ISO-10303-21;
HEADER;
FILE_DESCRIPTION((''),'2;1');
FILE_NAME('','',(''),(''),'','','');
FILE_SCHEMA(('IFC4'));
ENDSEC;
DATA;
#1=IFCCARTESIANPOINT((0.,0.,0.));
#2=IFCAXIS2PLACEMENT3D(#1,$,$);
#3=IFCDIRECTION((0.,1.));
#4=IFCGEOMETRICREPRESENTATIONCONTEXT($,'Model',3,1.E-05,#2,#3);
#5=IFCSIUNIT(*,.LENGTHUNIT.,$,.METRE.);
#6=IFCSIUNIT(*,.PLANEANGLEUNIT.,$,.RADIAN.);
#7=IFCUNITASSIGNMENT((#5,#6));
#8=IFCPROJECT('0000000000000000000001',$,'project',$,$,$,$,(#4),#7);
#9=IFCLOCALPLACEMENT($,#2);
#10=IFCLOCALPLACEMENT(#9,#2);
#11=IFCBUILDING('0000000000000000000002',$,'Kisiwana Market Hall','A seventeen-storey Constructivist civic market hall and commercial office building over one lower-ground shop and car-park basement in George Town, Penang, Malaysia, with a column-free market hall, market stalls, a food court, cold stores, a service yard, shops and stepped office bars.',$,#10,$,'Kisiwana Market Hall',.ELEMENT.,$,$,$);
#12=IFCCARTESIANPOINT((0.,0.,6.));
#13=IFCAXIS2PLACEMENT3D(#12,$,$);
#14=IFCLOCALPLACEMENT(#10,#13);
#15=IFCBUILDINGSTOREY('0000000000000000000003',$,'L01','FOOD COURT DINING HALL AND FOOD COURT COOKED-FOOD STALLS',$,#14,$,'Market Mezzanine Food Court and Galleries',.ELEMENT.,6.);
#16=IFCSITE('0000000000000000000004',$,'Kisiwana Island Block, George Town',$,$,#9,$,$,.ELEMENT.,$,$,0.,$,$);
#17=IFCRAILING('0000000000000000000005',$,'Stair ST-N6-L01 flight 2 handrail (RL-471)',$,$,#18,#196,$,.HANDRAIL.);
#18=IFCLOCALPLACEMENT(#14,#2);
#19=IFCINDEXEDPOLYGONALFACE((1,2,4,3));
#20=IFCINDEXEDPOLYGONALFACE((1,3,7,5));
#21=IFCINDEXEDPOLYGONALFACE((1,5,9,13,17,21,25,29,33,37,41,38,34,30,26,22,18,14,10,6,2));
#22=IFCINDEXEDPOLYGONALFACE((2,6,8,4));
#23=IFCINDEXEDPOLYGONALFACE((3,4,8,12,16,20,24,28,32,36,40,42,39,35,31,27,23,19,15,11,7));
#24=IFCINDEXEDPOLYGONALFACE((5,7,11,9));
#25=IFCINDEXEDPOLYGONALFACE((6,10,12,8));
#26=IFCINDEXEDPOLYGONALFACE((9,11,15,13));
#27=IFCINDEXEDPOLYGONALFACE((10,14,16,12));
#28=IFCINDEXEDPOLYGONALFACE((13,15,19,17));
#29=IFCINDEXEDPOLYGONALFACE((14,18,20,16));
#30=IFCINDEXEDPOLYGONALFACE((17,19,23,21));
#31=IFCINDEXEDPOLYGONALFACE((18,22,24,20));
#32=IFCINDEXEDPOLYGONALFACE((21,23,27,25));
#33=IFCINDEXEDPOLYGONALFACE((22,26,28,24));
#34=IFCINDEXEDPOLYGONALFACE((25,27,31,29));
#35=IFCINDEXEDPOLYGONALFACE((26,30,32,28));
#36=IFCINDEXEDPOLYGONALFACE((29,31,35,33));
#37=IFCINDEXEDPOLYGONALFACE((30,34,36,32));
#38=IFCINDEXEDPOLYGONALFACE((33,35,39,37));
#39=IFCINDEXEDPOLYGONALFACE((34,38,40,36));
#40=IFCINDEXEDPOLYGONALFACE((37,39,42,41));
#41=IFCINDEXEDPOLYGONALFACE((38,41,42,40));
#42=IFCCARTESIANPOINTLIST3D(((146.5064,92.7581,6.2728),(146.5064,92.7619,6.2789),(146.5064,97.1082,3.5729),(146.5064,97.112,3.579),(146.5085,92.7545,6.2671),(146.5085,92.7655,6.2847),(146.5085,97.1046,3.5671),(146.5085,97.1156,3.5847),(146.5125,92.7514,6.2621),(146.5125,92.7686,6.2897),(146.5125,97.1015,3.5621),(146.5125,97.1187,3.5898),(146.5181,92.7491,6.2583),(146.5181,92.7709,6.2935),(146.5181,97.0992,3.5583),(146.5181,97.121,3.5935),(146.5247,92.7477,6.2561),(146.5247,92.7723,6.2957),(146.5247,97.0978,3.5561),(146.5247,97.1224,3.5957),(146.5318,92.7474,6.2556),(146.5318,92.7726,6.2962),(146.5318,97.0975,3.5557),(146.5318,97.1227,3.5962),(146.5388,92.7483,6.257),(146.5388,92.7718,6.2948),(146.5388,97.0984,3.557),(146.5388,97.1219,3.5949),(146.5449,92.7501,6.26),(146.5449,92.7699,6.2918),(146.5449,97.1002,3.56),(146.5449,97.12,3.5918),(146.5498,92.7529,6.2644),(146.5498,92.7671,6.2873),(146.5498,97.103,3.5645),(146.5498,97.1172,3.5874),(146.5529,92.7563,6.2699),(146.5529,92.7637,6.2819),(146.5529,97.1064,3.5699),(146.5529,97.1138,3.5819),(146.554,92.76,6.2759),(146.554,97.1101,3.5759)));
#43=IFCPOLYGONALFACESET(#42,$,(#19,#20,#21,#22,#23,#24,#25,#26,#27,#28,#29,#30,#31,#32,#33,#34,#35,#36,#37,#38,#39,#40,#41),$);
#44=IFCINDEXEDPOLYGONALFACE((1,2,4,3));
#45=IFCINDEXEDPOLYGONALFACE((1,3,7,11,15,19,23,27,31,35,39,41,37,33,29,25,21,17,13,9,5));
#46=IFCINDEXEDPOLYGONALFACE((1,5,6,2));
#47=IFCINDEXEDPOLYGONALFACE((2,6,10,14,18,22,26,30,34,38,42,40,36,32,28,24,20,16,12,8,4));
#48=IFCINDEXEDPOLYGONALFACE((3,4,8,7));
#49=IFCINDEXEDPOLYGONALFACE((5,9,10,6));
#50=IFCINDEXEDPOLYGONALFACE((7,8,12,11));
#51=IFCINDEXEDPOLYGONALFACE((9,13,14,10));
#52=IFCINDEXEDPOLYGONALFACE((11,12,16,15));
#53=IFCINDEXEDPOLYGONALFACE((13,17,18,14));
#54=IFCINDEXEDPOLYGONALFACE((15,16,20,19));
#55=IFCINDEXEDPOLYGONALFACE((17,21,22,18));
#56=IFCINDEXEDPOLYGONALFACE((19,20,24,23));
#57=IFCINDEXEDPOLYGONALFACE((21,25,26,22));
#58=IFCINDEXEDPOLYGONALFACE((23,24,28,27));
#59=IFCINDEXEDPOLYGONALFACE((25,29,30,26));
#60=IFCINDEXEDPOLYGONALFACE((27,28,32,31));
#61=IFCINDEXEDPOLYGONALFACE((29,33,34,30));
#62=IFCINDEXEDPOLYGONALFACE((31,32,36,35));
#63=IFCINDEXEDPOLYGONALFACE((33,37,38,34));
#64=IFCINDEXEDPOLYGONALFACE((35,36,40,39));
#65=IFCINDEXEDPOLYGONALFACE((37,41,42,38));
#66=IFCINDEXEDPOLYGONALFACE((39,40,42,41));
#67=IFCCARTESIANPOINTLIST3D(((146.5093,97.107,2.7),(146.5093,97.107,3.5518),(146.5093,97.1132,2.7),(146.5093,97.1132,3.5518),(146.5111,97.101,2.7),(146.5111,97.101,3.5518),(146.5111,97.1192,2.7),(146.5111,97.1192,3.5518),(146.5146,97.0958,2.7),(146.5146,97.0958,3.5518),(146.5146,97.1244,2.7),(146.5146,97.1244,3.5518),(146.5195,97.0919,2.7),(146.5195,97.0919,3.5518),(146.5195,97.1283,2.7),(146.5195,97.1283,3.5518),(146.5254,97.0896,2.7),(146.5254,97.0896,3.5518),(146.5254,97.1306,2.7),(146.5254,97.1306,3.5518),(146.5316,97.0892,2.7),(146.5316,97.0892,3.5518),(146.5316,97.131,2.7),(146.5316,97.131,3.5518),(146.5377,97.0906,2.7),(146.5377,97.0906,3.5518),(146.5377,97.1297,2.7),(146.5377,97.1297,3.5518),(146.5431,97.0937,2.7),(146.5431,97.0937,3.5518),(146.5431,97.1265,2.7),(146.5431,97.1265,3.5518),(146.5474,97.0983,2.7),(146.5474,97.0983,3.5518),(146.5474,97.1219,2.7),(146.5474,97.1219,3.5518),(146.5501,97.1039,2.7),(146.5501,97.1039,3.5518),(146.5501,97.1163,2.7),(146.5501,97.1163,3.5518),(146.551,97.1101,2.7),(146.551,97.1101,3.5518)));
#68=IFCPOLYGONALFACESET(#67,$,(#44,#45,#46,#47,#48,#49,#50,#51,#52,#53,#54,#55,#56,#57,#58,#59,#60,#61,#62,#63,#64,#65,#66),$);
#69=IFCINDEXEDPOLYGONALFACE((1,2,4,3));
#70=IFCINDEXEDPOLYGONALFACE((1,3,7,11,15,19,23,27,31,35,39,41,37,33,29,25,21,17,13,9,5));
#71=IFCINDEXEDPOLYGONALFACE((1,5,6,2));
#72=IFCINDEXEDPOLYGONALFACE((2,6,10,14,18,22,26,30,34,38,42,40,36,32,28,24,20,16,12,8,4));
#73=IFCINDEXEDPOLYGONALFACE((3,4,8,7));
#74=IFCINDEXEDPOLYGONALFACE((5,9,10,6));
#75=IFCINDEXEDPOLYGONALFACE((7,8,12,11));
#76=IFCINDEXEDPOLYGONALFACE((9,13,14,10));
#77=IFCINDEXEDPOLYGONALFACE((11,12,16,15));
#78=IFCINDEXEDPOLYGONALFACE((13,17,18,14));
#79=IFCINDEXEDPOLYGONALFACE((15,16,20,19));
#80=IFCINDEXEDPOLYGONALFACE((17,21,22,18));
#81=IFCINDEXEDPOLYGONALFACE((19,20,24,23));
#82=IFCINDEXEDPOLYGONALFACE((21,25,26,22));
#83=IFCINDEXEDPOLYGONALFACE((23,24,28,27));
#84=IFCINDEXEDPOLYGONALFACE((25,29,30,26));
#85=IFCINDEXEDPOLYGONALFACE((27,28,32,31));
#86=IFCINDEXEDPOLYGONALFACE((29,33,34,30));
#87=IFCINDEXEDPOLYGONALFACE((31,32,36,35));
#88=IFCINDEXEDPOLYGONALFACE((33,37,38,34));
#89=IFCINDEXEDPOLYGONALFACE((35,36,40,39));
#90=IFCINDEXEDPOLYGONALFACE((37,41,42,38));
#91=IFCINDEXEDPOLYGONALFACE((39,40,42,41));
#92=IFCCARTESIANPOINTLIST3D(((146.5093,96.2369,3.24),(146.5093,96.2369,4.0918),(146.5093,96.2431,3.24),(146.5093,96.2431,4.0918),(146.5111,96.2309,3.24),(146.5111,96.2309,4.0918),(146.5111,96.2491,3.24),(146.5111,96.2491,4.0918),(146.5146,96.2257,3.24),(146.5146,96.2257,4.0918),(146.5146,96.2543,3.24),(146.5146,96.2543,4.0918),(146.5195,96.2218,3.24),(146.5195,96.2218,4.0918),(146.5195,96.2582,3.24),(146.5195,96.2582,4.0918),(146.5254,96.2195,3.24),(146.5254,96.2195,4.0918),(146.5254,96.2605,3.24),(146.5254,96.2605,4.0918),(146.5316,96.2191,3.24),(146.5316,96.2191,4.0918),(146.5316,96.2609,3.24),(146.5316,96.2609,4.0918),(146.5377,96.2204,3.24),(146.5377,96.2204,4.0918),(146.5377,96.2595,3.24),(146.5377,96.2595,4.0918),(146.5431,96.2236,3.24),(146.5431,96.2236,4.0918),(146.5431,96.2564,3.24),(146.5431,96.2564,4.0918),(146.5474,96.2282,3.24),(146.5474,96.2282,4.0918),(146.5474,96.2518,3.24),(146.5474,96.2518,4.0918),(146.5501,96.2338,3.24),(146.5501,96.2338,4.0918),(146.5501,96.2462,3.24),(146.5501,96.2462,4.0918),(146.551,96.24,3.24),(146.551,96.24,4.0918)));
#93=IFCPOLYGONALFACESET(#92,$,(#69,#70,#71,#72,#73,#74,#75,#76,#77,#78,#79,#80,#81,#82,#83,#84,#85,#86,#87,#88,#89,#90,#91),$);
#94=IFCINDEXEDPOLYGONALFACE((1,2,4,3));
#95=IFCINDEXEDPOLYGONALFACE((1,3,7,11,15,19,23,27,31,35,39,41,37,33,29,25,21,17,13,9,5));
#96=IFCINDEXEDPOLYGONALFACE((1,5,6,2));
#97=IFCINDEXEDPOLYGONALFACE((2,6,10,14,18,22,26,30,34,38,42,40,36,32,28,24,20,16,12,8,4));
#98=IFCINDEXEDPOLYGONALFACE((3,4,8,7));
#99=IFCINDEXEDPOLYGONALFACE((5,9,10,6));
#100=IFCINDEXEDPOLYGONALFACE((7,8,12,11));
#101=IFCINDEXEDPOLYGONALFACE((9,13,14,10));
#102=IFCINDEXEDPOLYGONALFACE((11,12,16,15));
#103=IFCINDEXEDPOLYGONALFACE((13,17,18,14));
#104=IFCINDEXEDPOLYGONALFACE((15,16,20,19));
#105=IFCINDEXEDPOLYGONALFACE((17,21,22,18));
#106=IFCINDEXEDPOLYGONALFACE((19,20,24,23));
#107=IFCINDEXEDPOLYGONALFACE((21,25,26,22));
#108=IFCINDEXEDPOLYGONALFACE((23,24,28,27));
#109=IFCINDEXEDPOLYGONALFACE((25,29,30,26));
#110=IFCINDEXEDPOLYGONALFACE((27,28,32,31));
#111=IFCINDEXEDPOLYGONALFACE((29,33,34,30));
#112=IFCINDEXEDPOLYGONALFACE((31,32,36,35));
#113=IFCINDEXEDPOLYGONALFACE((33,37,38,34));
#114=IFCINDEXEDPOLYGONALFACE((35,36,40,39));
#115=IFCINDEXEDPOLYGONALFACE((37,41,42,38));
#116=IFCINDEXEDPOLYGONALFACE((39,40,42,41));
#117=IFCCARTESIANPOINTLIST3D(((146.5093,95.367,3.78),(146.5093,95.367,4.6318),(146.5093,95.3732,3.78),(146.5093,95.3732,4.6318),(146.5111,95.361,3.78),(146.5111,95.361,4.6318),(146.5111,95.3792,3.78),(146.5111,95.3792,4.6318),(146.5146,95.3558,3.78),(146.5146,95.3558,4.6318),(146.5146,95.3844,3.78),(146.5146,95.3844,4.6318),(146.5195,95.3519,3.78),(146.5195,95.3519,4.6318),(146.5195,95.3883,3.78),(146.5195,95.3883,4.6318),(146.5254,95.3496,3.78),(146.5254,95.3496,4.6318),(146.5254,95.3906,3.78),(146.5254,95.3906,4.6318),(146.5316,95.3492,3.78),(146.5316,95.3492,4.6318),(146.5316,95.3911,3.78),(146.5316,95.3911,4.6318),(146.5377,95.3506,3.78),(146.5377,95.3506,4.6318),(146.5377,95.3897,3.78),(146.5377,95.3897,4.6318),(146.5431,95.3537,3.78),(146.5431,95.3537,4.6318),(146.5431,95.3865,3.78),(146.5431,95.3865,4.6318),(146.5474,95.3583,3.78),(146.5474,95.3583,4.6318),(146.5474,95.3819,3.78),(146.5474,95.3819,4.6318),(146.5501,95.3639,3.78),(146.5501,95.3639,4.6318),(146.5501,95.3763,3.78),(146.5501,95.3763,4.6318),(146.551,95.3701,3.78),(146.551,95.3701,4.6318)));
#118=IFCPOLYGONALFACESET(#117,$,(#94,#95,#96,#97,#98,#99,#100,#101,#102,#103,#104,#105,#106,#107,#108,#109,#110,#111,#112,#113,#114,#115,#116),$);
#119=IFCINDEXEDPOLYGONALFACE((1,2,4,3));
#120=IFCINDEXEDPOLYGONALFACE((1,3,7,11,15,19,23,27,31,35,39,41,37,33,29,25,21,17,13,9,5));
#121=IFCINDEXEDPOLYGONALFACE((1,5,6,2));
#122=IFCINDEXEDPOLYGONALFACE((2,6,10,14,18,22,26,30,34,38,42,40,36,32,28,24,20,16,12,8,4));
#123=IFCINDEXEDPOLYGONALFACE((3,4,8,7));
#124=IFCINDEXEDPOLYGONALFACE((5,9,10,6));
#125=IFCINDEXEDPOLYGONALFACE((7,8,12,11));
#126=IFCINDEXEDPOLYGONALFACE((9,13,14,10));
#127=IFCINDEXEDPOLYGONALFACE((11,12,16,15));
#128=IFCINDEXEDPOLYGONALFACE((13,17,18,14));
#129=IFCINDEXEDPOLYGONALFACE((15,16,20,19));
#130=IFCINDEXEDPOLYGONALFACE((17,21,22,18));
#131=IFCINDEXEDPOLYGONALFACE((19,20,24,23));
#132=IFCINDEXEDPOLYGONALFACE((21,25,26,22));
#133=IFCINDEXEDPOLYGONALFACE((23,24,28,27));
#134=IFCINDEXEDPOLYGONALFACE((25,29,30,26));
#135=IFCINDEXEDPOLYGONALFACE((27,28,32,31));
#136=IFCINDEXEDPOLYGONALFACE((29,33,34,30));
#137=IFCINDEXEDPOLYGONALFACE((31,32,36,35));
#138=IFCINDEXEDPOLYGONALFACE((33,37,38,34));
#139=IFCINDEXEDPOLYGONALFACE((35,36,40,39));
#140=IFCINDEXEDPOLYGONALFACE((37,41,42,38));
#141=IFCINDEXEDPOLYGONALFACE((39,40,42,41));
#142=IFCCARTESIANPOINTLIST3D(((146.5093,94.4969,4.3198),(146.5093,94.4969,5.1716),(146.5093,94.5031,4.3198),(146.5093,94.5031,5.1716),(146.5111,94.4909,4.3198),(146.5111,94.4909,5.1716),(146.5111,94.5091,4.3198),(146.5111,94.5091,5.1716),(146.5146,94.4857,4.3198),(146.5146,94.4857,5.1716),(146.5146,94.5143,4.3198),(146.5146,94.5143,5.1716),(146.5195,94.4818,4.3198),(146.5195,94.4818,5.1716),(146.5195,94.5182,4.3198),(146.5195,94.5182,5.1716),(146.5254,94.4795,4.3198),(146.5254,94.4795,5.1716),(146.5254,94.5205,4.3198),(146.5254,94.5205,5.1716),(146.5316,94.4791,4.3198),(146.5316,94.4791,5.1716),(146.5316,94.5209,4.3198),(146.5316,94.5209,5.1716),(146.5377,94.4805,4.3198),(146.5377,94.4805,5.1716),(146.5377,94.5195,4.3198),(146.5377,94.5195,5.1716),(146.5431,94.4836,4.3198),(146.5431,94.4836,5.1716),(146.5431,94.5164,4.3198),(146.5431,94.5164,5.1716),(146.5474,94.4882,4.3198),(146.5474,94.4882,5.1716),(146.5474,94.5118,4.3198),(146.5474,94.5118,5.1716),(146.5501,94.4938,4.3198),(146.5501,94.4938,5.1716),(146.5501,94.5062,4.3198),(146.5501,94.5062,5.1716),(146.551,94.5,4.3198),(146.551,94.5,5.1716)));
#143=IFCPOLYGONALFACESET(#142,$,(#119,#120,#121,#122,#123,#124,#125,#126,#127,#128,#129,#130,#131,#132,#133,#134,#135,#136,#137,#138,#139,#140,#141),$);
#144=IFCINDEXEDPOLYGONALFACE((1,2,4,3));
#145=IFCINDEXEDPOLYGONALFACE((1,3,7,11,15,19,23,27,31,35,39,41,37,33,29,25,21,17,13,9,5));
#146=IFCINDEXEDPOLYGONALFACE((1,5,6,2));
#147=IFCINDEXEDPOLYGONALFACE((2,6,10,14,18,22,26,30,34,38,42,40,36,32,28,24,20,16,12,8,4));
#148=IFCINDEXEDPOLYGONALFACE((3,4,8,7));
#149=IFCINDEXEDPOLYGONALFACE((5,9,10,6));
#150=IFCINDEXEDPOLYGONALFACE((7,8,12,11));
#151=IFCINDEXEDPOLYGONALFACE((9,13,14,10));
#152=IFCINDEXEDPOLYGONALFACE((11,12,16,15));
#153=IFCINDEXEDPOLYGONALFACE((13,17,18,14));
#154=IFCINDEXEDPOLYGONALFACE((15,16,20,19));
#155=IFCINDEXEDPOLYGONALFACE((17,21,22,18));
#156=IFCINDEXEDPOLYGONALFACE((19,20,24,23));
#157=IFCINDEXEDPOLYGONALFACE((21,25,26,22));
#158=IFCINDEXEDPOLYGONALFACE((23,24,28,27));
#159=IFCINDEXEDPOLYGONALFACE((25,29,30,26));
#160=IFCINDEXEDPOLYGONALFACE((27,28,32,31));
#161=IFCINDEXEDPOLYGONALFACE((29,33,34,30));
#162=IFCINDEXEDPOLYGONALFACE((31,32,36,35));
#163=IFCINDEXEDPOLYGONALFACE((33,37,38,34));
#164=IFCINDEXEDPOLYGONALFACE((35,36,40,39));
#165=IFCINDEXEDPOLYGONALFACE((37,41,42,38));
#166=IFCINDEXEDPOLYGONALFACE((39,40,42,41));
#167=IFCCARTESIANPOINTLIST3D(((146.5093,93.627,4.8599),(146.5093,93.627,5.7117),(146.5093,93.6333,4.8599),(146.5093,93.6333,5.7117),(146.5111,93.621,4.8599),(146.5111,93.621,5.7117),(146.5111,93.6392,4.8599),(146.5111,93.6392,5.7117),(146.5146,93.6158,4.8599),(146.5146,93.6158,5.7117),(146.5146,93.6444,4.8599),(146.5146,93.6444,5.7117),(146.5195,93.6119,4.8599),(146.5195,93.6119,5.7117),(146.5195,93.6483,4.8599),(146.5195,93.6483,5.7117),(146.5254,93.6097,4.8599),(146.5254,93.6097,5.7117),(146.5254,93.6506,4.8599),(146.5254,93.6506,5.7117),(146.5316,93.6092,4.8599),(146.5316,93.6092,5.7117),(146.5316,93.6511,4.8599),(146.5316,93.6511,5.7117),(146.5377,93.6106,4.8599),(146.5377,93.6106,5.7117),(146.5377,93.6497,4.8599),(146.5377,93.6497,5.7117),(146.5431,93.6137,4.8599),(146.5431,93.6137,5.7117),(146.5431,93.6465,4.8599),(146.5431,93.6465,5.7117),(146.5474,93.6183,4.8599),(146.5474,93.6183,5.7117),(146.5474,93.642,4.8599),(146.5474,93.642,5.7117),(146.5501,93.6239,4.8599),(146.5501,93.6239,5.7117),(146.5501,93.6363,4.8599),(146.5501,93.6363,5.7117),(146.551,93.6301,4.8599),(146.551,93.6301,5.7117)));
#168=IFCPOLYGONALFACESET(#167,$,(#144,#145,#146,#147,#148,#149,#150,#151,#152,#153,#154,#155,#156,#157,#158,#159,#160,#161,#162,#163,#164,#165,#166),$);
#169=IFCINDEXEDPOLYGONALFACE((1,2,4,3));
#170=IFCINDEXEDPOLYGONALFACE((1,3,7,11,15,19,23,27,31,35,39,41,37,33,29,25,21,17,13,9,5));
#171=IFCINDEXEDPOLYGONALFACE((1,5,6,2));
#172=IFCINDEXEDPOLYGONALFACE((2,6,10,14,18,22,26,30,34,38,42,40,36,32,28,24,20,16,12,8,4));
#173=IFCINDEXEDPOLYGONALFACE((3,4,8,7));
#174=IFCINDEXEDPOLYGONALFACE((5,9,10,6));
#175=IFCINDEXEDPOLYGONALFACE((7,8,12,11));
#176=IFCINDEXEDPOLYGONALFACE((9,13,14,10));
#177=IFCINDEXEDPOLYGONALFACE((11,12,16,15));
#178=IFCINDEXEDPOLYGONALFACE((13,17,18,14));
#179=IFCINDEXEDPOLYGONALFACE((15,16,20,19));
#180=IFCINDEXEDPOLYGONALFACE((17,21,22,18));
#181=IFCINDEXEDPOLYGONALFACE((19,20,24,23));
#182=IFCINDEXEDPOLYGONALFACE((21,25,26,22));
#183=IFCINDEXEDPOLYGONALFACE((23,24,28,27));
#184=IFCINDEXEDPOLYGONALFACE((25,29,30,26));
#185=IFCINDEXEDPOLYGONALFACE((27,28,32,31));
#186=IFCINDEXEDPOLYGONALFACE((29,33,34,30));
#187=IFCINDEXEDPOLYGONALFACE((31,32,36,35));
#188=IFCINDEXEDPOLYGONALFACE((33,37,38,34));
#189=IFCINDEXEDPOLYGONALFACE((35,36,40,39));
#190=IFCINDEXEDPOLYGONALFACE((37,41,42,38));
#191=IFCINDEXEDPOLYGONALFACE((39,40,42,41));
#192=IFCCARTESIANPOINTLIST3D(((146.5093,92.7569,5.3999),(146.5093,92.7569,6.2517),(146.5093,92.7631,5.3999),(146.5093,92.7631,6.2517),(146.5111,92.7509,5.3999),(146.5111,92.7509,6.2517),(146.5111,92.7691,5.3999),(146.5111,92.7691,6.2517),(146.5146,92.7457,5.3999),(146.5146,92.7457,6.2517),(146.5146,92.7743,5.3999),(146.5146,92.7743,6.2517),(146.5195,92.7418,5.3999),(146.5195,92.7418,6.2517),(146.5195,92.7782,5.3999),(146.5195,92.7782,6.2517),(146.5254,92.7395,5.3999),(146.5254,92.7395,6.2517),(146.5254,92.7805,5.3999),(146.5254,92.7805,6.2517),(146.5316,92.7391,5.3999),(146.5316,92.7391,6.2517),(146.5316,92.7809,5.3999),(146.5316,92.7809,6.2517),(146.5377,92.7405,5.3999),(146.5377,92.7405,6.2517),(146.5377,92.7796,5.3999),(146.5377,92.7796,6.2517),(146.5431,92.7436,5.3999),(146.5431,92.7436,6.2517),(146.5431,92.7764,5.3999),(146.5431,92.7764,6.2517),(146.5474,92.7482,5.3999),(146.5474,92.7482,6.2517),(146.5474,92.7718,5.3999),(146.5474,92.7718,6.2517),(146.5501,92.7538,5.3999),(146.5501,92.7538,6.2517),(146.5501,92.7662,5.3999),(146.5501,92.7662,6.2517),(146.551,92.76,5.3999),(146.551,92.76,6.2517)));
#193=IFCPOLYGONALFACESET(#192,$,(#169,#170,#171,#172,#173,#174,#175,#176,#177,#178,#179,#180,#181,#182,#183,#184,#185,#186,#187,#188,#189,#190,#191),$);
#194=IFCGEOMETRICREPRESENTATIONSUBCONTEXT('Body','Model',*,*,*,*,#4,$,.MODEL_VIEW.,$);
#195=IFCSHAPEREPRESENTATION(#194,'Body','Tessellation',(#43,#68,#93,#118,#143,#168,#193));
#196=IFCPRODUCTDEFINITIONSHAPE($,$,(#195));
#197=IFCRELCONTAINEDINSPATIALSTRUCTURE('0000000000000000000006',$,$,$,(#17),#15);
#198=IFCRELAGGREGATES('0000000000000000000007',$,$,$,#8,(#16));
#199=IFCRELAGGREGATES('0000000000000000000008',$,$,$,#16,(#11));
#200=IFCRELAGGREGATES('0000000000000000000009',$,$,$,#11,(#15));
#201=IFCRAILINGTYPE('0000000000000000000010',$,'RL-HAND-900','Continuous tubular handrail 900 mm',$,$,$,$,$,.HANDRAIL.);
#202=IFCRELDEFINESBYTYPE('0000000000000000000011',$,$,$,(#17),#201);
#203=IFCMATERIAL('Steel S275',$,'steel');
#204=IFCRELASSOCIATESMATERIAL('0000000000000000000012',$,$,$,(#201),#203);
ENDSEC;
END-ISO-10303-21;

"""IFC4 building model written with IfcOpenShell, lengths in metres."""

from ifc_helpers import new_model, si_unit, direction, frame, origin, origin_2d, place, context, subcontext, project, spatial, circle, extrude, material, type_object, element, save


model = new_model("IFC4")

# Units and contexts
model_context = context("Model", 3, precision=1e-05, world=origin(), true_north=direction((0.0, 1.0)))
body_context = subcontext(model_context, "Body", "Model", "MODEL_VIEW")
ifc_project = project(units=[si_unit("LENGTHUNIT", "METRE"), si_unit("PLANEANGLEUNIT", "RADIAN")], contexts=[model_context])

# Site, building, storey
site_placement = place(None, origin())
site = spatial("IfcSite", under=ifc_project, at=site_placement, Name="Kisiwana Island Block, George Town", CompositionType="ELEMENT", RefElevation=0.0)
building_placement = place(site_placement, origin())
building = spatial("IfcBuilding", under=site, at=building_placement, Name="Kisiwana Market Hall", Description="A seventeen-storey Constructivist civic market hall and commercial office building over one lower-ground shop and car-park basement in George Town, Penang, Malaysia, with a column-free market hall, market stalls, a food court, cold stores, a service yard, shops and stepped office bars.", LongName="Kisiwana Market Hall", CompositionType="ELEMENT")
storey_placement = place(building_placement, frame((0.0, 0.0, 6.0)))
storey = spatial("IfcBuildingStorey", under=building, at=storey_placement, Name="L01", Description="FOOD COURT DINING HALL AND FOOD COURT COOKED-FOOD STALLS", LongName="Market Mezzanine Food Court and Galleries", CompositionType="ELEMENT", Elevation=6.0)

# Railing
ifc_material_1 = material(Name="Steel S275", Category="steel")
railing_type_1 = type_object("IfcRailingType", Name="RL-HAND-900", Description="Continuous tubular handrail 900 mm", PredefinedType="HANDRAIL", material=ifc_material_1)
railing_1_placement = place(storey_placement, frame((146.53, 97.1101, 2.7)))
element("IfcRailing", 1, at=railing_1_placement, inside=storey, type_object=railing_type_1, Name="Stair ST-N6-L01 flight 2 handrail (RL-471)", PredefinedType="HANDRAIL", context=body_context, shape_type="SweptSolid", body=[
    extrude(circle(Radius=0.0239, at=origin_2d()), frame((0.0, 0.0, 0.876), z_axis=(0.0, -0.84965, 0.527347), x_axis=(1.0, 0.0, 0.0)), (0.0, 0.0, 1.0), 5.1199),
    extrude(circle(Radius=0.021, at=origin_2d()), origin(), (0.0, 0.0, 1.0), 0.8518),
    extrude(circle(Radius=0.021, at=origin_2d()), frame((0.0, -0.8701, 0.54)), (0.0, 0.0, 1.0), 0.8518),
    extrude(circle(Radius=0.021, at=origin_2d()), frame((0.0, -1.74, 1.0801)), (0.0, 0.0, 1.0), 0.8518),
    extrude(circle(Radius=0.021, at=origin_2d()), frame((0.0, -2.6101, 1.6199)), (0.0, 0.0, 1.0), 0.8518),
    extrude(circle(Radius=0.021, at=origin_2d()), frame((0.0, -3.48, 2.1599)), (0.0, 0.0, 1.0), 0.8518),
    extrude(circle(Radius=0.021, at=origin_2d()), frame((0.0, -4.3501, 2.7)), (0.0, 0.0, 1.0), 0.8518),
])

save(model, "model.ifc")
